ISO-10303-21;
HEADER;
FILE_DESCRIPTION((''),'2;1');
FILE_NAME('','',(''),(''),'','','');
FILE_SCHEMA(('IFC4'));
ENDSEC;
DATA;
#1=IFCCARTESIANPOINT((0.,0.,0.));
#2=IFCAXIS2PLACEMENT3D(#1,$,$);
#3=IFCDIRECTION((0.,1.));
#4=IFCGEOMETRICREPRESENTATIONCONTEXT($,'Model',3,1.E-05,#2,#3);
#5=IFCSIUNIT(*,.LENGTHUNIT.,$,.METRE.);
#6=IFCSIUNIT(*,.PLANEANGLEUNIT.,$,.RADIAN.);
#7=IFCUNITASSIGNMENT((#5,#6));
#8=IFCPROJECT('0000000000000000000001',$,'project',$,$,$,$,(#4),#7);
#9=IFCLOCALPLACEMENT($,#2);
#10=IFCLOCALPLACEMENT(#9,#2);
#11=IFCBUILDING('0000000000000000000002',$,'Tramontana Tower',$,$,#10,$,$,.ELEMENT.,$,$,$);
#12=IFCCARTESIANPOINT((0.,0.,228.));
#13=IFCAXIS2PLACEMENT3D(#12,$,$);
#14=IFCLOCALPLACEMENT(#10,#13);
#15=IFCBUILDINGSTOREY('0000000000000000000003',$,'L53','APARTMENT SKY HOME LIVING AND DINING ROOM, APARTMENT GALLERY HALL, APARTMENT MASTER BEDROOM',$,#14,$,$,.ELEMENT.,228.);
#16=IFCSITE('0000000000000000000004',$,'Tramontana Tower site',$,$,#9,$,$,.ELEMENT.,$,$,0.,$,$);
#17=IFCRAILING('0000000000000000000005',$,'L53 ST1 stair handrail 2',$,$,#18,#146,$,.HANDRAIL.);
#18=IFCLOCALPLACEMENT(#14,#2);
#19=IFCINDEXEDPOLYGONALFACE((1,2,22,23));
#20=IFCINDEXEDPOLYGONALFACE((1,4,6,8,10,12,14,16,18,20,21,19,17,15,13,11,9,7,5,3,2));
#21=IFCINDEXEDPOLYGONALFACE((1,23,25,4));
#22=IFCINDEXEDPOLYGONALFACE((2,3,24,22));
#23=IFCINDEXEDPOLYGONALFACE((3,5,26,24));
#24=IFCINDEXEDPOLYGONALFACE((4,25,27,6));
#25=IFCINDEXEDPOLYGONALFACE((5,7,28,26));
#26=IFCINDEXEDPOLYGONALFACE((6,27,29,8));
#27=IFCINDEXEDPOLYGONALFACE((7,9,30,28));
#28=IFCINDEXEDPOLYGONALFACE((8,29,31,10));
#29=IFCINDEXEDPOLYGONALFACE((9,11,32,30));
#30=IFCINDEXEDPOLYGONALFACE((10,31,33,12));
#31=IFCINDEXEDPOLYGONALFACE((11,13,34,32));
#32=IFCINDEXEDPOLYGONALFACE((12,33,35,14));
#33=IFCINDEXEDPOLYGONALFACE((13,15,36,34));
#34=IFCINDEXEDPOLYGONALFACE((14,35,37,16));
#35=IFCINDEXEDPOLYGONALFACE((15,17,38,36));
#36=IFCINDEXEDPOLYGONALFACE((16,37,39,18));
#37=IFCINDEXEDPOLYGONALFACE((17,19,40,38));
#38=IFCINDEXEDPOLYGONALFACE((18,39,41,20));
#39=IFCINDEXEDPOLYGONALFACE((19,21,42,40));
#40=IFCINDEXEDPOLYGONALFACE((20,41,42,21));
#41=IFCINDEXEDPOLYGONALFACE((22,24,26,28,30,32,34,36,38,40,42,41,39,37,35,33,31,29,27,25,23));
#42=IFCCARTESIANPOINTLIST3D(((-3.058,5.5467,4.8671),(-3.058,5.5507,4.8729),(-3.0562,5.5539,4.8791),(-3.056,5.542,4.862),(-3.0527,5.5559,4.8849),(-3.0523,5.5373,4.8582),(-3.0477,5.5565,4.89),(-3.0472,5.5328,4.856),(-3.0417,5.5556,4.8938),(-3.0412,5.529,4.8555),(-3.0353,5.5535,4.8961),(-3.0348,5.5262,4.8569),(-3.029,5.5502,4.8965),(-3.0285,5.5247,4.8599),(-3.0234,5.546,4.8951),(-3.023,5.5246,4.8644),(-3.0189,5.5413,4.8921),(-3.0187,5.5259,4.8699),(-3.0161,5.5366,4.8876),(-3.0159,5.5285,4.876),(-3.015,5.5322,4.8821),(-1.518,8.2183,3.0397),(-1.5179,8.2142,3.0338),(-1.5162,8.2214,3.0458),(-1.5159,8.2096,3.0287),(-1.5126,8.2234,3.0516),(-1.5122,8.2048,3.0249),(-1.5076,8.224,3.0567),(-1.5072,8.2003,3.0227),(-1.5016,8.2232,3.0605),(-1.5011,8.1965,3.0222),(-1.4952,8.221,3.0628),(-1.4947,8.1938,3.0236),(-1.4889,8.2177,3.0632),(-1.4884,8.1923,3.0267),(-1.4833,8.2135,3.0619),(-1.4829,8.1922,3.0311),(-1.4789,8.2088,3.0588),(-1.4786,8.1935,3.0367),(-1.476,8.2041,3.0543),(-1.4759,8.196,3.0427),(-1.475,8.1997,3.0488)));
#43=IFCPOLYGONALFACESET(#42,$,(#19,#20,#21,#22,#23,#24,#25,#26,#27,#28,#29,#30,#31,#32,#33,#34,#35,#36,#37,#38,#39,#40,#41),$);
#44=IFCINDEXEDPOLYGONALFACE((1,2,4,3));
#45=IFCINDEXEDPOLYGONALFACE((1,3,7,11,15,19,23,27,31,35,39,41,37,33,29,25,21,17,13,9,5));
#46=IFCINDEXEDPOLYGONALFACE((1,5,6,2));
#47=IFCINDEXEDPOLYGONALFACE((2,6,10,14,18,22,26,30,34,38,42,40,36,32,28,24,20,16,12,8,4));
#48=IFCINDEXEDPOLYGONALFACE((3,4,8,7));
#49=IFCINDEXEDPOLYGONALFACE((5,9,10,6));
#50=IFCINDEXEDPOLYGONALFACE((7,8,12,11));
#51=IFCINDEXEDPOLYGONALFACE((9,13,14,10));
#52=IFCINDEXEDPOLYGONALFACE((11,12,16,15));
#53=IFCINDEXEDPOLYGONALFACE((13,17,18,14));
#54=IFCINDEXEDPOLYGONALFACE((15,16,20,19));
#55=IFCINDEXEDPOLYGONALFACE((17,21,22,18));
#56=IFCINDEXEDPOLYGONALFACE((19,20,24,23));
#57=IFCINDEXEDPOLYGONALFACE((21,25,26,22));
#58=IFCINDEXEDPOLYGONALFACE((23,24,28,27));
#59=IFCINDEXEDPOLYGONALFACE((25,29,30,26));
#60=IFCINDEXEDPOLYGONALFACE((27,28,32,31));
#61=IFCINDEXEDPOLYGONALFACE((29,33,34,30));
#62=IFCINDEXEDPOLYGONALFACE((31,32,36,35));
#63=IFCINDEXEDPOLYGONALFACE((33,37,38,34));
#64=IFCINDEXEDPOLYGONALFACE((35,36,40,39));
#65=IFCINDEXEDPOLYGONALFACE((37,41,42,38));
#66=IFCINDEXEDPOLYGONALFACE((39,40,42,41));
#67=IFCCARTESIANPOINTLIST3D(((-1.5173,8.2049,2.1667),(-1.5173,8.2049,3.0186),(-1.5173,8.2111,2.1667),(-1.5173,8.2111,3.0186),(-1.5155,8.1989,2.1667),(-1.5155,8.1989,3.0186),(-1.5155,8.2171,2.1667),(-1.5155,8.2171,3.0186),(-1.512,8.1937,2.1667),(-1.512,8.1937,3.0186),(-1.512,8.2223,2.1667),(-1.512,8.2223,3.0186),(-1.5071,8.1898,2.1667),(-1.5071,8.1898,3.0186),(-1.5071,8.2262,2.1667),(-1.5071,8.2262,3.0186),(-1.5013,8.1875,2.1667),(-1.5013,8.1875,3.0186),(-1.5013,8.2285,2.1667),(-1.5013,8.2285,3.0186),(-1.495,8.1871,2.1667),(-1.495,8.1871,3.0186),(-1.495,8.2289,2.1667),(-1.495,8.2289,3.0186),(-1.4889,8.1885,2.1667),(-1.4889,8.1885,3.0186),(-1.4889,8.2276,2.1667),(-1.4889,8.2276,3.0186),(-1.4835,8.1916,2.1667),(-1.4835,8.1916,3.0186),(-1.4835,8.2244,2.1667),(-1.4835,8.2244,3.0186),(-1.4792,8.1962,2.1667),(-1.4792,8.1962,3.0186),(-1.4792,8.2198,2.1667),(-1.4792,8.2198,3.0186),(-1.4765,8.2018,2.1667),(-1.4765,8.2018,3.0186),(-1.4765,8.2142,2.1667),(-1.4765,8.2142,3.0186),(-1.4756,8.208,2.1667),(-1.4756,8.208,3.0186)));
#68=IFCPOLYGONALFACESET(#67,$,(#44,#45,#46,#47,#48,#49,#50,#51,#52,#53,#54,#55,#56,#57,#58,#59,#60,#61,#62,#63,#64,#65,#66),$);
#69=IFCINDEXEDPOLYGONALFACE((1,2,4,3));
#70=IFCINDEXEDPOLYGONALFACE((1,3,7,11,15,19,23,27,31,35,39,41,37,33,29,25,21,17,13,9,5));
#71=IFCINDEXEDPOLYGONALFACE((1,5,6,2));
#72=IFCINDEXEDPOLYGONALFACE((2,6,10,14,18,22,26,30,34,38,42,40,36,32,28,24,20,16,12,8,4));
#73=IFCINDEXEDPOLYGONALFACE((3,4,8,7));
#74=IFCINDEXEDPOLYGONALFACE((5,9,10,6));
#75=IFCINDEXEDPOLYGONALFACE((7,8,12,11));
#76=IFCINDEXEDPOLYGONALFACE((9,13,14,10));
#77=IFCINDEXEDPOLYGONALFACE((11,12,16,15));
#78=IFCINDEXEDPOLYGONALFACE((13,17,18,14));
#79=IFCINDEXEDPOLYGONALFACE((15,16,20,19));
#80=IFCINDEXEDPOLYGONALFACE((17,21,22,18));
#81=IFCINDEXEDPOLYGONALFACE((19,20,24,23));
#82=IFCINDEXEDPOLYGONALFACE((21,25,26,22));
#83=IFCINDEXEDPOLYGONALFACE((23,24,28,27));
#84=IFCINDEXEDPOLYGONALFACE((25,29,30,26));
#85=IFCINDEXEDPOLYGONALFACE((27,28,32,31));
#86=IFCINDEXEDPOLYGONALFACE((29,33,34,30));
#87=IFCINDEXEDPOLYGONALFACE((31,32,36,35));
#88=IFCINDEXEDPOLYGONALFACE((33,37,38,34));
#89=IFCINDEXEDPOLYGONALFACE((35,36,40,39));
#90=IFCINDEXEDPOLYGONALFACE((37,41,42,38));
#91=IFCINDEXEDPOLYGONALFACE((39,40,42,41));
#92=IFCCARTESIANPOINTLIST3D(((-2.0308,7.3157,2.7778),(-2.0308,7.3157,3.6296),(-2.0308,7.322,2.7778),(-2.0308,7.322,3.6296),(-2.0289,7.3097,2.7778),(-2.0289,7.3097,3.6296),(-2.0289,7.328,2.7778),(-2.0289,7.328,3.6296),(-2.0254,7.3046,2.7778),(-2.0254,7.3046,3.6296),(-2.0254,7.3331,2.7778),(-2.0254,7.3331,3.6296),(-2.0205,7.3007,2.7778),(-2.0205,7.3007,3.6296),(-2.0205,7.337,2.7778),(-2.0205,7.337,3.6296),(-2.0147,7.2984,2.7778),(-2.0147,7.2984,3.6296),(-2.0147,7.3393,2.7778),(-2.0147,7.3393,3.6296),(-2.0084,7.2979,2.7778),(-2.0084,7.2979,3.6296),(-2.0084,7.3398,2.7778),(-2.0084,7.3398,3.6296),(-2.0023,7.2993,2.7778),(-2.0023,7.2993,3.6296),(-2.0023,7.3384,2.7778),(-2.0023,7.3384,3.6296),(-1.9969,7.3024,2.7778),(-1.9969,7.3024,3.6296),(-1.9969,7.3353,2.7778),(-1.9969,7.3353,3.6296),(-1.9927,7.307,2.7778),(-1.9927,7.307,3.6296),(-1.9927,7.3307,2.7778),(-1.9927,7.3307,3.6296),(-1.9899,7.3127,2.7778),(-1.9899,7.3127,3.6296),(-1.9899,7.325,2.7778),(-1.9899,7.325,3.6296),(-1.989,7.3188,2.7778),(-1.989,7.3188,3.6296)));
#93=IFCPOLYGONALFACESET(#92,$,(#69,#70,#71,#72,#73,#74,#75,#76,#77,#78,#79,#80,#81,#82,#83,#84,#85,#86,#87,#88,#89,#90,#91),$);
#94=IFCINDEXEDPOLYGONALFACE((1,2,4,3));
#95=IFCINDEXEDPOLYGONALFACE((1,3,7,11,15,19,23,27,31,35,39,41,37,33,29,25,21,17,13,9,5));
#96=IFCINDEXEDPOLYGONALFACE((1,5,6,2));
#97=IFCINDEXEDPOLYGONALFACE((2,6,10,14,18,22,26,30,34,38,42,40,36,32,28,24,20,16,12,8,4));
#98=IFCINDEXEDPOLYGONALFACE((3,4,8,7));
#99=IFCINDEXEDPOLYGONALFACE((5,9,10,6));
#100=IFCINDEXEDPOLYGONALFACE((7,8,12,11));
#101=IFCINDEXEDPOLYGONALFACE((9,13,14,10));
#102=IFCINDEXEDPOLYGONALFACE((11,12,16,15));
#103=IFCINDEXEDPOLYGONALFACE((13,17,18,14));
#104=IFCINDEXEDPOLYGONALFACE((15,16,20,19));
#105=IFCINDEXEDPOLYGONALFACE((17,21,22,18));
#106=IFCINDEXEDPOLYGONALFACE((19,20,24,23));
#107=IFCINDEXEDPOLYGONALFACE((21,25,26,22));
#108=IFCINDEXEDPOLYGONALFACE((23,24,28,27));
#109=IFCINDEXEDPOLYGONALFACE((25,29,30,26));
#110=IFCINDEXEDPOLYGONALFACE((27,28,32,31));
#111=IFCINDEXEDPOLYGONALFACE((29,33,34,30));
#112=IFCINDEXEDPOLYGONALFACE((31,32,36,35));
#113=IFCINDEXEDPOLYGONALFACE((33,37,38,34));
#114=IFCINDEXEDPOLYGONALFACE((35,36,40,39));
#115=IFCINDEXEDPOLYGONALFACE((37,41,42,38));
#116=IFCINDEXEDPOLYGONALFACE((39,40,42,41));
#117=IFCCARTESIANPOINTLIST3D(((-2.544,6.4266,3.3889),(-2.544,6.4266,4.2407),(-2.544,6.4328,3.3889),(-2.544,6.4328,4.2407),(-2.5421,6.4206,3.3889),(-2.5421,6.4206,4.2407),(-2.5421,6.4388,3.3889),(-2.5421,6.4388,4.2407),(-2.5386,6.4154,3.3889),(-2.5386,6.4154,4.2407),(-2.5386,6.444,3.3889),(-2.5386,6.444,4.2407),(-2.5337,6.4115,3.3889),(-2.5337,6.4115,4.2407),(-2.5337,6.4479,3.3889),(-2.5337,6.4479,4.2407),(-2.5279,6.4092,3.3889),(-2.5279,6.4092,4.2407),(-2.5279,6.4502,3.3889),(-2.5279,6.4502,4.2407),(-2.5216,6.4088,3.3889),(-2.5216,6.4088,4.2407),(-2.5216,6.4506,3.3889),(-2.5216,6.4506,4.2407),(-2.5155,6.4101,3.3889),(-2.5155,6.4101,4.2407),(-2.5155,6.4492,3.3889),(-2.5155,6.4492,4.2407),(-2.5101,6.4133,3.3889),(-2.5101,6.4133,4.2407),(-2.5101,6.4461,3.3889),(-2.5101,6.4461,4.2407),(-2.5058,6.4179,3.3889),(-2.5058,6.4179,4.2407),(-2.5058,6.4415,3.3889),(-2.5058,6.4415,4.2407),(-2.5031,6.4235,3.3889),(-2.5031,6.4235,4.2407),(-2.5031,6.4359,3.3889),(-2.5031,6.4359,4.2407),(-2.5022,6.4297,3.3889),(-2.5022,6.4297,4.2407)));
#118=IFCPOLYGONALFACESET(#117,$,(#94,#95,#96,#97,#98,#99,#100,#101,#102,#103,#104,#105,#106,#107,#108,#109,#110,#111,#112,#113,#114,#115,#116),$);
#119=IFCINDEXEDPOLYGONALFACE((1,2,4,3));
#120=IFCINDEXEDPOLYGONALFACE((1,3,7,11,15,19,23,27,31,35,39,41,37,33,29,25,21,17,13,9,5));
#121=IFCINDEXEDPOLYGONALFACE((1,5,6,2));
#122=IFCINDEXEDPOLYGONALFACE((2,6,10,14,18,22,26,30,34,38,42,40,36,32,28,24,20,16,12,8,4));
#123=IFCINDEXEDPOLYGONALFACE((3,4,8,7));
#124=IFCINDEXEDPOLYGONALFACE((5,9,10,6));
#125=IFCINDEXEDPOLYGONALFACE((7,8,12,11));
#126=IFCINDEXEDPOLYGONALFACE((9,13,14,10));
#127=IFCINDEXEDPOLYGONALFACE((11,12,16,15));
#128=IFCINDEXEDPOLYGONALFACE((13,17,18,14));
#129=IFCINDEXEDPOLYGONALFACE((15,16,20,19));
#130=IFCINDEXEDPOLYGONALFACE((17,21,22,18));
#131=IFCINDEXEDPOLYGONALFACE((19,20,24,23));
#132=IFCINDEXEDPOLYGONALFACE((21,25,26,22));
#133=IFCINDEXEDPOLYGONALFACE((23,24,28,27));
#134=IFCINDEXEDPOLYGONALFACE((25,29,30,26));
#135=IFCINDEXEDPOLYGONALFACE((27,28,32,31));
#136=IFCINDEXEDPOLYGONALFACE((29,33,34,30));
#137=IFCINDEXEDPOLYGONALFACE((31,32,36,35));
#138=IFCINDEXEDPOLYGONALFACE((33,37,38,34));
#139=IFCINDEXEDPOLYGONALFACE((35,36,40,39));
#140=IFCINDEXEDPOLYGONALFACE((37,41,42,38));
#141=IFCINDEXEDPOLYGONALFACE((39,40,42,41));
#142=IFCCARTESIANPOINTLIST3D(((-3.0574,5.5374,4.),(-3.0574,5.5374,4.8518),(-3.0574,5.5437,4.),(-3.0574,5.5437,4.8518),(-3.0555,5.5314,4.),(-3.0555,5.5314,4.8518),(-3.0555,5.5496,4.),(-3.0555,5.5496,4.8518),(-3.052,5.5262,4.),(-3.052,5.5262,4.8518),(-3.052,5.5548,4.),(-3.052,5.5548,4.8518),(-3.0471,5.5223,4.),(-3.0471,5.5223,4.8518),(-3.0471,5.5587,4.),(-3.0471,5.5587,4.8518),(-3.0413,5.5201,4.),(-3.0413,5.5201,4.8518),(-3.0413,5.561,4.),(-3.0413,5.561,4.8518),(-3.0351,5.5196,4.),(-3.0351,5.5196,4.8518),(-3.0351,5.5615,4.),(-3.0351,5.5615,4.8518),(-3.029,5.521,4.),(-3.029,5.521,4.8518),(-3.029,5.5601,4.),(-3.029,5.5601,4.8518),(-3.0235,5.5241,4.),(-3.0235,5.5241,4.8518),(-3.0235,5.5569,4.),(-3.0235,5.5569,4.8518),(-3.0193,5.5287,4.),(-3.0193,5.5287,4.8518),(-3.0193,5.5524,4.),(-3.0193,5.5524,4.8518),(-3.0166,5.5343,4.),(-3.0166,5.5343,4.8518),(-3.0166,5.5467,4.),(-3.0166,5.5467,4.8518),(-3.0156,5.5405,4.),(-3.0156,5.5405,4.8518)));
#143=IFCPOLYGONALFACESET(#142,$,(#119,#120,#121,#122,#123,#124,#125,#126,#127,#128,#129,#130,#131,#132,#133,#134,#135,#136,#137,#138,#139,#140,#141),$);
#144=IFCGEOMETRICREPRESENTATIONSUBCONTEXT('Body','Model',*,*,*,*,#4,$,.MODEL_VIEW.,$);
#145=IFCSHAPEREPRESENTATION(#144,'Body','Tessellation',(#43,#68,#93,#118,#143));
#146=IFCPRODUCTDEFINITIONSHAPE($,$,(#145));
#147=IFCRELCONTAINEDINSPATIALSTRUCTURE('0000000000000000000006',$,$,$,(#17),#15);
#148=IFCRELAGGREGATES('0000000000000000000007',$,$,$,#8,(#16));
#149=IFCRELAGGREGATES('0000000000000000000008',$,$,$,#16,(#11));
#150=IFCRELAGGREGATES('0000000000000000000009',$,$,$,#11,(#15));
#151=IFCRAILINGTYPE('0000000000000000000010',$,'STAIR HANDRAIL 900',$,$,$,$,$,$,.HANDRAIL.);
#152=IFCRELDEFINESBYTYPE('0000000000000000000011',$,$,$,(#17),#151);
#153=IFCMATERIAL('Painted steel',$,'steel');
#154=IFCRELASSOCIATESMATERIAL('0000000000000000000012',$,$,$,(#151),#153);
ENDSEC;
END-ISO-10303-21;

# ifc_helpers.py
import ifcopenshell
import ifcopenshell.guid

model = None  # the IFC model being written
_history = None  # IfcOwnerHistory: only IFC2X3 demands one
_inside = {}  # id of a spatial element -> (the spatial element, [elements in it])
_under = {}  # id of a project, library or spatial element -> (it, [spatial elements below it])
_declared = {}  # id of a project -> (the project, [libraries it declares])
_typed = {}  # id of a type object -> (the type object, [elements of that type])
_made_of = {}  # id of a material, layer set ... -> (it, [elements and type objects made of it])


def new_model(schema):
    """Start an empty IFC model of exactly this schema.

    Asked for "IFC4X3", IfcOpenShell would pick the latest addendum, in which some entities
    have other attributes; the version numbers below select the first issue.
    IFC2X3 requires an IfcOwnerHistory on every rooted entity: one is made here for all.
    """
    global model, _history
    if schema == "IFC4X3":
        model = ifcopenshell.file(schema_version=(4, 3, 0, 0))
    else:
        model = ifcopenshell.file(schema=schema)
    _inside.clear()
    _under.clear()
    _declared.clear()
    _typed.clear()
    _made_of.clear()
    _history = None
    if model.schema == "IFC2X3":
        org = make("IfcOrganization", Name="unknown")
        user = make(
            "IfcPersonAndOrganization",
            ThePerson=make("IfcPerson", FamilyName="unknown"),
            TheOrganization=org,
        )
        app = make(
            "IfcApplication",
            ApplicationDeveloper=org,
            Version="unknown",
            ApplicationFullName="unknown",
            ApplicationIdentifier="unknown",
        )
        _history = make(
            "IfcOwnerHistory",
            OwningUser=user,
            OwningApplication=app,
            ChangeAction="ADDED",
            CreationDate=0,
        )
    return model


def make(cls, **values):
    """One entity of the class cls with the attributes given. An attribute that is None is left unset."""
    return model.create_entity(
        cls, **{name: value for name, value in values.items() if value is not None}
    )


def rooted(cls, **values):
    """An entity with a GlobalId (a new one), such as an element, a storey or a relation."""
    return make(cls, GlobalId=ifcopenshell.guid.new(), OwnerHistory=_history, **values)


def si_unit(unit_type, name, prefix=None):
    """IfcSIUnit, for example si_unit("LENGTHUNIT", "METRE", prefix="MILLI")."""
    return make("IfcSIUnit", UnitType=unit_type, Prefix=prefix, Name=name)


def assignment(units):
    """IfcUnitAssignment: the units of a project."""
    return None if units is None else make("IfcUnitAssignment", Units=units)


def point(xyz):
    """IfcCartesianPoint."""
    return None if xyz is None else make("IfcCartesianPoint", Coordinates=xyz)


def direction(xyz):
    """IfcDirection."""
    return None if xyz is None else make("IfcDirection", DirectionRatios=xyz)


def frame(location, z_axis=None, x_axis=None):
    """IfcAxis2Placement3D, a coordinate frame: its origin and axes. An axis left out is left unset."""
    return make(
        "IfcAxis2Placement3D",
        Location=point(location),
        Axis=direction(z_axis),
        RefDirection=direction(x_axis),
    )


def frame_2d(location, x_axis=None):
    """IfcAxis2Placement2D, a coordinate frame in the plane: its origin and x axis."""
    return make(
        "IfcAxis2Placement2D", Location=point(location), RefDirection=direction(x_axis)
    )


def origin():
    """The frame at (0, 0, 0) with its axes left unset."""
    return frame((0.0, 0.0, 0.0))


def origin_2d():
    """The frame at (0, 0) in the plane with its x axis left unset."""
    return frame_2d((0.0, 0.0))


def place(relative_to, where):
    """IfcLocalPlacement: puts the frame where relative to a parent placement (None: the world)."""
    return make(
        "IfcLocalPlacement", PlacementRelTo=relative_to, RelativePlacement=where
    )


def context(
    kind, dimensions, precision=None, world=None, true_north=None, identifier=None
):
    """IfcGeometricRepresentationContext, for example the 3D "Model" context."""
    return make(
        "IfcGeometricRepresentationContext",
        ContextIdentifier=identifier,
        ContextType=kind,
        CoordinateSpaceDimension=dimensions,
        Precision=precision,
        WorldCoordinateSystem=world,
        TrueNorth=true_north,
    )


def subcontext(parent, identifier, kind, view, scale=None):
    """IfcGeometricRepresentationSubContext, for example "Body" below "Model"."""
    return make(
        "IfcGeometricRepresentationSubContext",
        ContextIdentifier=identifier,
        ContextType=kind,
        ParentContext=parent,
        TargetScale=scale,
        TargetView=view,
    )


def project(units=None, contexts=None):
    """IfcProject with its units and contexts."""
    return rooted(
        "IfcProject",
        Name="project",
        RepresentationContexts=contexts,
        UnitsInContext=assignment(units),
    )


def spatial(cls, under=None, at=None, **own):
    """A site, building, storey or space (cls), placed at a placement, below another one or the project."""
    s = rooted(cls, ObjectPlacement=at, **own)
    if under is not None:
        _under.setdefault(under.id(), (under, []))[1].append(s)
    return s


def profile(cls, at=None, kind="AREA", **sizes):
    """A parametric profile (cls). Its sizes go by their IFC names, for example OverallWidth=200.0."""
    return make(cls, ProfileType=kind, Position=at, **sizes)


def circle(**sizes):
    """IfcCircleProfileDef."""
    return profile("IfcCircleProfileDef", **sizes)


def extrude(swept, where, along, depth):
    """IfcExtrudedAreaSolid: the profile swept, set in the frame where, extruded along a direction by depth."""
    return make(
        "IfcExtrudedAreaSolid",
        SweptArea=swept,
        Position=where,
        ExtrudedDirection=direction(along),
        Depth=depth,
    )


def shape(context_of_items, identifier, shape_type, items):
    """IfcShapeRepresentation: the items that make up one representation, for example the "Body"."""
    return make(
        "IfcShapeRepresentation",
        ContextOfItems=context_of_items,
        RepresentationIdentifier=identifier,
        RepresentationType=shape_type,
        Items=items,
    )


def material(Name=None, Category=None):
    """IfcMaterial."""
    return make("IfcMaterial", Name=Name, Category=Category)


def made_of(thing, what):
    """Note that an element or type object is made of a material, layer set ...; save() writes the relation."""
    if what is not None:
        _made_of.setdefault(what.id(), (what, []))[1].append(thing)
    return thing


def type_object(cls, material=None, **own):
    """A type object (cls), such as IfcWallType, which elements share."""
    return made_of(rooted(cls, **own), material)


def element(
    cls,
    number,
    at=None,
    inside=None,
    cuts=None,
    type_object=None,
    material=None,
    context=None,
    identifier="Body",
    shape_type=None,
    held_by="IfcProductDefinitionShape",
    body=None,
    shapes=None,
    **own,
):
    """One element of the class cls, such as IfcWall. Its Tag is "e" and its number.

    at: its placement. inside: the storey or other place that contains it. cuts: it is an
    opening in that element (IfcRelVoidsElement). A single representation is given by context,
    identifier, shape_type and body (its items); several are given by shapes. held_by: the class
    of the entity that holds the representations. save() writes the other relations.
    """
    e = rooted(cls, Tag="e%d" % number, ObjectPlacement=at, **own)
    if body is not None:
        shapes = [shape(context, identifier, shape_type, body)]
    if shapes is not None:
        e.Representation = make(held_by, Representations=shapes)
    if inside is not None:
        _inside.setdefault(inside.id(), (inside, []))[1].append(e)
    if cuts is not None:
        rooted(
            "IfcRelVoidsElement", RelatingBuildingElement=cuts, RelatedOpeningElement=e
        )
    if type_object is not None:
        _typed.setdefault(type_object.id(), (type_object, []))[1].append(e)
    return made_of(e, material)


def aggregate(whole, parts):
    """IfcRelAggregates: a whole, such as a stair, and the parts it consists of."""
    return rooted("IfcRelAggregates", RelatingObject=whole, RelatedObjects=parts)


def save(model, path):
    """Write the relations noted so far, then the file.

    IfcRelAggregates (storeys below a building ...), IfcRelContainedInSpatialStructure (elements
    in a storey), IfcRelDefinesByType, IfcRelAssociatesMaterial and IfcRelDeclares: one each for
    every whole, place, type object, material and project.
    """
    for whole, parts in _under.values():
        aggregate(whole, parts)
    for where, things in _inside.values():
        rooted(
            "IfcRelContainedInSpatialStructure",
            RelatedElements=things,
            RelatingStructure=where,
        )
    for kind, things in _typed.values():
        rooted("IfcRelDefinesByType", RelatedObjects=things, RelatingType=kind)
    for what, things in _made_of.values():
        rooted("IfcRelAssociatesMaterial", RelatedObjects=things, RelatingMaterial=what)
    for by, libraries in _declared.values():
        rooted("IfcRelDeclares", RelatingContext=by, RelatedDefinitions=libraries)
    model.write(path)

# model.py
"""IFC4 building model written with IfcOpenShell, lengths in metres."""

from ifc_helpers import new_model, si_unit, direction, frame, origin, origin_2d, place, context, subcontext, project, spatial, circle, extrude, material, type_object, element, save


model = new_model("IFC4")

# Units and contexts
model_context = context("Model", 3, precision=1e-05, world=origin(), true_north=direction((0.0, 1.0)))
body_context = subcontext(model_context, "Body", "Model", "MODEL_VIEW")
ifc_project = project(units=[si_unit("LENGTHUNIT", "METRE"), si_unit("PLANEANGLEUNIT", "RADIAN")], contexts=[model_context])

# Site, building, storey
site_placement = place(None, origin())
site = spatial("IfcSite", under=ifc_project, at=site_placement, Name="Tramontana Tower site", CompositionType="ELEMENT", RefElevation=0.0)
building_placement = place(site_placement, origin())
building = spatial("IfcBuilding", under=site, at=building_placement, Name="Tramontana Tower", CompositionType="ELEMENT")
storey_placement = place(building_placement, frame((0.0, 0.0, 228.0)))
storey = spatial("IfcBuildingStorey", under=building, at=storey_placement, Name="L53", Description="APARTMENT SKY HOME LIVING AND DINING ROOM, APARTMENT GALLERY HALL, APARTMENT MASTER BEDROOM", CompositionType="ELEMENT", Elevation=228.0)

# Railing
ifc_material_1 = material(Name="Painted steel", Category="steel")
railing_type_1 = type_object("IfcRailingType", Name="STAIR HANDRAIL 900", PredefinedType="HANDRAIL", material=ifc_material_1)
railing_1_placement = place(storey_placement, frame((-1.4966, 8.208, 2.1667)))
element("IfcRailing", 1, at=railing_1_placement, inside=storey, type_object=railing_type_1, Name="L53 ST1 stair handrail 2", PredefinedType="HANDRAIL", context=body_context, shape_type="SweptSolid", body=[
    extrude(circle(Radius=0.0239, at=origin_2d()), frame((0.0, 0.0, 0.876), z_axis=(-0.429649, -0.74419, 0.511452), x_axis=(0.86603, -0.499992, 0.0)), (0.0, 0.0, 1.0), 3.5845),
    extrude(circle(Radius=0.021, at=origin_2d()), origin(), (0.0, 0.0, 1.0), 0.8518),
    extrude(circle(Radius=0.021, at=origin_2d()), frame((-0.5134, -0.8892, 0.6111)), (0.0, 0.0, 1.0), 0.8518),
    extrude(circle(Radius=0.021, at=origin_2d()), frame((-1.0266, -1.7783, 1.2222)), (0.0, 0.0, 1.0), 0.8518),
    extrude(circle(Radius=0.021, at=origin_2d()), frame((-1.54, -2.6675, 1.8333)), (0.0, 0.0, 1.0), 0.8518),
])

save(model, "model.ifc")
